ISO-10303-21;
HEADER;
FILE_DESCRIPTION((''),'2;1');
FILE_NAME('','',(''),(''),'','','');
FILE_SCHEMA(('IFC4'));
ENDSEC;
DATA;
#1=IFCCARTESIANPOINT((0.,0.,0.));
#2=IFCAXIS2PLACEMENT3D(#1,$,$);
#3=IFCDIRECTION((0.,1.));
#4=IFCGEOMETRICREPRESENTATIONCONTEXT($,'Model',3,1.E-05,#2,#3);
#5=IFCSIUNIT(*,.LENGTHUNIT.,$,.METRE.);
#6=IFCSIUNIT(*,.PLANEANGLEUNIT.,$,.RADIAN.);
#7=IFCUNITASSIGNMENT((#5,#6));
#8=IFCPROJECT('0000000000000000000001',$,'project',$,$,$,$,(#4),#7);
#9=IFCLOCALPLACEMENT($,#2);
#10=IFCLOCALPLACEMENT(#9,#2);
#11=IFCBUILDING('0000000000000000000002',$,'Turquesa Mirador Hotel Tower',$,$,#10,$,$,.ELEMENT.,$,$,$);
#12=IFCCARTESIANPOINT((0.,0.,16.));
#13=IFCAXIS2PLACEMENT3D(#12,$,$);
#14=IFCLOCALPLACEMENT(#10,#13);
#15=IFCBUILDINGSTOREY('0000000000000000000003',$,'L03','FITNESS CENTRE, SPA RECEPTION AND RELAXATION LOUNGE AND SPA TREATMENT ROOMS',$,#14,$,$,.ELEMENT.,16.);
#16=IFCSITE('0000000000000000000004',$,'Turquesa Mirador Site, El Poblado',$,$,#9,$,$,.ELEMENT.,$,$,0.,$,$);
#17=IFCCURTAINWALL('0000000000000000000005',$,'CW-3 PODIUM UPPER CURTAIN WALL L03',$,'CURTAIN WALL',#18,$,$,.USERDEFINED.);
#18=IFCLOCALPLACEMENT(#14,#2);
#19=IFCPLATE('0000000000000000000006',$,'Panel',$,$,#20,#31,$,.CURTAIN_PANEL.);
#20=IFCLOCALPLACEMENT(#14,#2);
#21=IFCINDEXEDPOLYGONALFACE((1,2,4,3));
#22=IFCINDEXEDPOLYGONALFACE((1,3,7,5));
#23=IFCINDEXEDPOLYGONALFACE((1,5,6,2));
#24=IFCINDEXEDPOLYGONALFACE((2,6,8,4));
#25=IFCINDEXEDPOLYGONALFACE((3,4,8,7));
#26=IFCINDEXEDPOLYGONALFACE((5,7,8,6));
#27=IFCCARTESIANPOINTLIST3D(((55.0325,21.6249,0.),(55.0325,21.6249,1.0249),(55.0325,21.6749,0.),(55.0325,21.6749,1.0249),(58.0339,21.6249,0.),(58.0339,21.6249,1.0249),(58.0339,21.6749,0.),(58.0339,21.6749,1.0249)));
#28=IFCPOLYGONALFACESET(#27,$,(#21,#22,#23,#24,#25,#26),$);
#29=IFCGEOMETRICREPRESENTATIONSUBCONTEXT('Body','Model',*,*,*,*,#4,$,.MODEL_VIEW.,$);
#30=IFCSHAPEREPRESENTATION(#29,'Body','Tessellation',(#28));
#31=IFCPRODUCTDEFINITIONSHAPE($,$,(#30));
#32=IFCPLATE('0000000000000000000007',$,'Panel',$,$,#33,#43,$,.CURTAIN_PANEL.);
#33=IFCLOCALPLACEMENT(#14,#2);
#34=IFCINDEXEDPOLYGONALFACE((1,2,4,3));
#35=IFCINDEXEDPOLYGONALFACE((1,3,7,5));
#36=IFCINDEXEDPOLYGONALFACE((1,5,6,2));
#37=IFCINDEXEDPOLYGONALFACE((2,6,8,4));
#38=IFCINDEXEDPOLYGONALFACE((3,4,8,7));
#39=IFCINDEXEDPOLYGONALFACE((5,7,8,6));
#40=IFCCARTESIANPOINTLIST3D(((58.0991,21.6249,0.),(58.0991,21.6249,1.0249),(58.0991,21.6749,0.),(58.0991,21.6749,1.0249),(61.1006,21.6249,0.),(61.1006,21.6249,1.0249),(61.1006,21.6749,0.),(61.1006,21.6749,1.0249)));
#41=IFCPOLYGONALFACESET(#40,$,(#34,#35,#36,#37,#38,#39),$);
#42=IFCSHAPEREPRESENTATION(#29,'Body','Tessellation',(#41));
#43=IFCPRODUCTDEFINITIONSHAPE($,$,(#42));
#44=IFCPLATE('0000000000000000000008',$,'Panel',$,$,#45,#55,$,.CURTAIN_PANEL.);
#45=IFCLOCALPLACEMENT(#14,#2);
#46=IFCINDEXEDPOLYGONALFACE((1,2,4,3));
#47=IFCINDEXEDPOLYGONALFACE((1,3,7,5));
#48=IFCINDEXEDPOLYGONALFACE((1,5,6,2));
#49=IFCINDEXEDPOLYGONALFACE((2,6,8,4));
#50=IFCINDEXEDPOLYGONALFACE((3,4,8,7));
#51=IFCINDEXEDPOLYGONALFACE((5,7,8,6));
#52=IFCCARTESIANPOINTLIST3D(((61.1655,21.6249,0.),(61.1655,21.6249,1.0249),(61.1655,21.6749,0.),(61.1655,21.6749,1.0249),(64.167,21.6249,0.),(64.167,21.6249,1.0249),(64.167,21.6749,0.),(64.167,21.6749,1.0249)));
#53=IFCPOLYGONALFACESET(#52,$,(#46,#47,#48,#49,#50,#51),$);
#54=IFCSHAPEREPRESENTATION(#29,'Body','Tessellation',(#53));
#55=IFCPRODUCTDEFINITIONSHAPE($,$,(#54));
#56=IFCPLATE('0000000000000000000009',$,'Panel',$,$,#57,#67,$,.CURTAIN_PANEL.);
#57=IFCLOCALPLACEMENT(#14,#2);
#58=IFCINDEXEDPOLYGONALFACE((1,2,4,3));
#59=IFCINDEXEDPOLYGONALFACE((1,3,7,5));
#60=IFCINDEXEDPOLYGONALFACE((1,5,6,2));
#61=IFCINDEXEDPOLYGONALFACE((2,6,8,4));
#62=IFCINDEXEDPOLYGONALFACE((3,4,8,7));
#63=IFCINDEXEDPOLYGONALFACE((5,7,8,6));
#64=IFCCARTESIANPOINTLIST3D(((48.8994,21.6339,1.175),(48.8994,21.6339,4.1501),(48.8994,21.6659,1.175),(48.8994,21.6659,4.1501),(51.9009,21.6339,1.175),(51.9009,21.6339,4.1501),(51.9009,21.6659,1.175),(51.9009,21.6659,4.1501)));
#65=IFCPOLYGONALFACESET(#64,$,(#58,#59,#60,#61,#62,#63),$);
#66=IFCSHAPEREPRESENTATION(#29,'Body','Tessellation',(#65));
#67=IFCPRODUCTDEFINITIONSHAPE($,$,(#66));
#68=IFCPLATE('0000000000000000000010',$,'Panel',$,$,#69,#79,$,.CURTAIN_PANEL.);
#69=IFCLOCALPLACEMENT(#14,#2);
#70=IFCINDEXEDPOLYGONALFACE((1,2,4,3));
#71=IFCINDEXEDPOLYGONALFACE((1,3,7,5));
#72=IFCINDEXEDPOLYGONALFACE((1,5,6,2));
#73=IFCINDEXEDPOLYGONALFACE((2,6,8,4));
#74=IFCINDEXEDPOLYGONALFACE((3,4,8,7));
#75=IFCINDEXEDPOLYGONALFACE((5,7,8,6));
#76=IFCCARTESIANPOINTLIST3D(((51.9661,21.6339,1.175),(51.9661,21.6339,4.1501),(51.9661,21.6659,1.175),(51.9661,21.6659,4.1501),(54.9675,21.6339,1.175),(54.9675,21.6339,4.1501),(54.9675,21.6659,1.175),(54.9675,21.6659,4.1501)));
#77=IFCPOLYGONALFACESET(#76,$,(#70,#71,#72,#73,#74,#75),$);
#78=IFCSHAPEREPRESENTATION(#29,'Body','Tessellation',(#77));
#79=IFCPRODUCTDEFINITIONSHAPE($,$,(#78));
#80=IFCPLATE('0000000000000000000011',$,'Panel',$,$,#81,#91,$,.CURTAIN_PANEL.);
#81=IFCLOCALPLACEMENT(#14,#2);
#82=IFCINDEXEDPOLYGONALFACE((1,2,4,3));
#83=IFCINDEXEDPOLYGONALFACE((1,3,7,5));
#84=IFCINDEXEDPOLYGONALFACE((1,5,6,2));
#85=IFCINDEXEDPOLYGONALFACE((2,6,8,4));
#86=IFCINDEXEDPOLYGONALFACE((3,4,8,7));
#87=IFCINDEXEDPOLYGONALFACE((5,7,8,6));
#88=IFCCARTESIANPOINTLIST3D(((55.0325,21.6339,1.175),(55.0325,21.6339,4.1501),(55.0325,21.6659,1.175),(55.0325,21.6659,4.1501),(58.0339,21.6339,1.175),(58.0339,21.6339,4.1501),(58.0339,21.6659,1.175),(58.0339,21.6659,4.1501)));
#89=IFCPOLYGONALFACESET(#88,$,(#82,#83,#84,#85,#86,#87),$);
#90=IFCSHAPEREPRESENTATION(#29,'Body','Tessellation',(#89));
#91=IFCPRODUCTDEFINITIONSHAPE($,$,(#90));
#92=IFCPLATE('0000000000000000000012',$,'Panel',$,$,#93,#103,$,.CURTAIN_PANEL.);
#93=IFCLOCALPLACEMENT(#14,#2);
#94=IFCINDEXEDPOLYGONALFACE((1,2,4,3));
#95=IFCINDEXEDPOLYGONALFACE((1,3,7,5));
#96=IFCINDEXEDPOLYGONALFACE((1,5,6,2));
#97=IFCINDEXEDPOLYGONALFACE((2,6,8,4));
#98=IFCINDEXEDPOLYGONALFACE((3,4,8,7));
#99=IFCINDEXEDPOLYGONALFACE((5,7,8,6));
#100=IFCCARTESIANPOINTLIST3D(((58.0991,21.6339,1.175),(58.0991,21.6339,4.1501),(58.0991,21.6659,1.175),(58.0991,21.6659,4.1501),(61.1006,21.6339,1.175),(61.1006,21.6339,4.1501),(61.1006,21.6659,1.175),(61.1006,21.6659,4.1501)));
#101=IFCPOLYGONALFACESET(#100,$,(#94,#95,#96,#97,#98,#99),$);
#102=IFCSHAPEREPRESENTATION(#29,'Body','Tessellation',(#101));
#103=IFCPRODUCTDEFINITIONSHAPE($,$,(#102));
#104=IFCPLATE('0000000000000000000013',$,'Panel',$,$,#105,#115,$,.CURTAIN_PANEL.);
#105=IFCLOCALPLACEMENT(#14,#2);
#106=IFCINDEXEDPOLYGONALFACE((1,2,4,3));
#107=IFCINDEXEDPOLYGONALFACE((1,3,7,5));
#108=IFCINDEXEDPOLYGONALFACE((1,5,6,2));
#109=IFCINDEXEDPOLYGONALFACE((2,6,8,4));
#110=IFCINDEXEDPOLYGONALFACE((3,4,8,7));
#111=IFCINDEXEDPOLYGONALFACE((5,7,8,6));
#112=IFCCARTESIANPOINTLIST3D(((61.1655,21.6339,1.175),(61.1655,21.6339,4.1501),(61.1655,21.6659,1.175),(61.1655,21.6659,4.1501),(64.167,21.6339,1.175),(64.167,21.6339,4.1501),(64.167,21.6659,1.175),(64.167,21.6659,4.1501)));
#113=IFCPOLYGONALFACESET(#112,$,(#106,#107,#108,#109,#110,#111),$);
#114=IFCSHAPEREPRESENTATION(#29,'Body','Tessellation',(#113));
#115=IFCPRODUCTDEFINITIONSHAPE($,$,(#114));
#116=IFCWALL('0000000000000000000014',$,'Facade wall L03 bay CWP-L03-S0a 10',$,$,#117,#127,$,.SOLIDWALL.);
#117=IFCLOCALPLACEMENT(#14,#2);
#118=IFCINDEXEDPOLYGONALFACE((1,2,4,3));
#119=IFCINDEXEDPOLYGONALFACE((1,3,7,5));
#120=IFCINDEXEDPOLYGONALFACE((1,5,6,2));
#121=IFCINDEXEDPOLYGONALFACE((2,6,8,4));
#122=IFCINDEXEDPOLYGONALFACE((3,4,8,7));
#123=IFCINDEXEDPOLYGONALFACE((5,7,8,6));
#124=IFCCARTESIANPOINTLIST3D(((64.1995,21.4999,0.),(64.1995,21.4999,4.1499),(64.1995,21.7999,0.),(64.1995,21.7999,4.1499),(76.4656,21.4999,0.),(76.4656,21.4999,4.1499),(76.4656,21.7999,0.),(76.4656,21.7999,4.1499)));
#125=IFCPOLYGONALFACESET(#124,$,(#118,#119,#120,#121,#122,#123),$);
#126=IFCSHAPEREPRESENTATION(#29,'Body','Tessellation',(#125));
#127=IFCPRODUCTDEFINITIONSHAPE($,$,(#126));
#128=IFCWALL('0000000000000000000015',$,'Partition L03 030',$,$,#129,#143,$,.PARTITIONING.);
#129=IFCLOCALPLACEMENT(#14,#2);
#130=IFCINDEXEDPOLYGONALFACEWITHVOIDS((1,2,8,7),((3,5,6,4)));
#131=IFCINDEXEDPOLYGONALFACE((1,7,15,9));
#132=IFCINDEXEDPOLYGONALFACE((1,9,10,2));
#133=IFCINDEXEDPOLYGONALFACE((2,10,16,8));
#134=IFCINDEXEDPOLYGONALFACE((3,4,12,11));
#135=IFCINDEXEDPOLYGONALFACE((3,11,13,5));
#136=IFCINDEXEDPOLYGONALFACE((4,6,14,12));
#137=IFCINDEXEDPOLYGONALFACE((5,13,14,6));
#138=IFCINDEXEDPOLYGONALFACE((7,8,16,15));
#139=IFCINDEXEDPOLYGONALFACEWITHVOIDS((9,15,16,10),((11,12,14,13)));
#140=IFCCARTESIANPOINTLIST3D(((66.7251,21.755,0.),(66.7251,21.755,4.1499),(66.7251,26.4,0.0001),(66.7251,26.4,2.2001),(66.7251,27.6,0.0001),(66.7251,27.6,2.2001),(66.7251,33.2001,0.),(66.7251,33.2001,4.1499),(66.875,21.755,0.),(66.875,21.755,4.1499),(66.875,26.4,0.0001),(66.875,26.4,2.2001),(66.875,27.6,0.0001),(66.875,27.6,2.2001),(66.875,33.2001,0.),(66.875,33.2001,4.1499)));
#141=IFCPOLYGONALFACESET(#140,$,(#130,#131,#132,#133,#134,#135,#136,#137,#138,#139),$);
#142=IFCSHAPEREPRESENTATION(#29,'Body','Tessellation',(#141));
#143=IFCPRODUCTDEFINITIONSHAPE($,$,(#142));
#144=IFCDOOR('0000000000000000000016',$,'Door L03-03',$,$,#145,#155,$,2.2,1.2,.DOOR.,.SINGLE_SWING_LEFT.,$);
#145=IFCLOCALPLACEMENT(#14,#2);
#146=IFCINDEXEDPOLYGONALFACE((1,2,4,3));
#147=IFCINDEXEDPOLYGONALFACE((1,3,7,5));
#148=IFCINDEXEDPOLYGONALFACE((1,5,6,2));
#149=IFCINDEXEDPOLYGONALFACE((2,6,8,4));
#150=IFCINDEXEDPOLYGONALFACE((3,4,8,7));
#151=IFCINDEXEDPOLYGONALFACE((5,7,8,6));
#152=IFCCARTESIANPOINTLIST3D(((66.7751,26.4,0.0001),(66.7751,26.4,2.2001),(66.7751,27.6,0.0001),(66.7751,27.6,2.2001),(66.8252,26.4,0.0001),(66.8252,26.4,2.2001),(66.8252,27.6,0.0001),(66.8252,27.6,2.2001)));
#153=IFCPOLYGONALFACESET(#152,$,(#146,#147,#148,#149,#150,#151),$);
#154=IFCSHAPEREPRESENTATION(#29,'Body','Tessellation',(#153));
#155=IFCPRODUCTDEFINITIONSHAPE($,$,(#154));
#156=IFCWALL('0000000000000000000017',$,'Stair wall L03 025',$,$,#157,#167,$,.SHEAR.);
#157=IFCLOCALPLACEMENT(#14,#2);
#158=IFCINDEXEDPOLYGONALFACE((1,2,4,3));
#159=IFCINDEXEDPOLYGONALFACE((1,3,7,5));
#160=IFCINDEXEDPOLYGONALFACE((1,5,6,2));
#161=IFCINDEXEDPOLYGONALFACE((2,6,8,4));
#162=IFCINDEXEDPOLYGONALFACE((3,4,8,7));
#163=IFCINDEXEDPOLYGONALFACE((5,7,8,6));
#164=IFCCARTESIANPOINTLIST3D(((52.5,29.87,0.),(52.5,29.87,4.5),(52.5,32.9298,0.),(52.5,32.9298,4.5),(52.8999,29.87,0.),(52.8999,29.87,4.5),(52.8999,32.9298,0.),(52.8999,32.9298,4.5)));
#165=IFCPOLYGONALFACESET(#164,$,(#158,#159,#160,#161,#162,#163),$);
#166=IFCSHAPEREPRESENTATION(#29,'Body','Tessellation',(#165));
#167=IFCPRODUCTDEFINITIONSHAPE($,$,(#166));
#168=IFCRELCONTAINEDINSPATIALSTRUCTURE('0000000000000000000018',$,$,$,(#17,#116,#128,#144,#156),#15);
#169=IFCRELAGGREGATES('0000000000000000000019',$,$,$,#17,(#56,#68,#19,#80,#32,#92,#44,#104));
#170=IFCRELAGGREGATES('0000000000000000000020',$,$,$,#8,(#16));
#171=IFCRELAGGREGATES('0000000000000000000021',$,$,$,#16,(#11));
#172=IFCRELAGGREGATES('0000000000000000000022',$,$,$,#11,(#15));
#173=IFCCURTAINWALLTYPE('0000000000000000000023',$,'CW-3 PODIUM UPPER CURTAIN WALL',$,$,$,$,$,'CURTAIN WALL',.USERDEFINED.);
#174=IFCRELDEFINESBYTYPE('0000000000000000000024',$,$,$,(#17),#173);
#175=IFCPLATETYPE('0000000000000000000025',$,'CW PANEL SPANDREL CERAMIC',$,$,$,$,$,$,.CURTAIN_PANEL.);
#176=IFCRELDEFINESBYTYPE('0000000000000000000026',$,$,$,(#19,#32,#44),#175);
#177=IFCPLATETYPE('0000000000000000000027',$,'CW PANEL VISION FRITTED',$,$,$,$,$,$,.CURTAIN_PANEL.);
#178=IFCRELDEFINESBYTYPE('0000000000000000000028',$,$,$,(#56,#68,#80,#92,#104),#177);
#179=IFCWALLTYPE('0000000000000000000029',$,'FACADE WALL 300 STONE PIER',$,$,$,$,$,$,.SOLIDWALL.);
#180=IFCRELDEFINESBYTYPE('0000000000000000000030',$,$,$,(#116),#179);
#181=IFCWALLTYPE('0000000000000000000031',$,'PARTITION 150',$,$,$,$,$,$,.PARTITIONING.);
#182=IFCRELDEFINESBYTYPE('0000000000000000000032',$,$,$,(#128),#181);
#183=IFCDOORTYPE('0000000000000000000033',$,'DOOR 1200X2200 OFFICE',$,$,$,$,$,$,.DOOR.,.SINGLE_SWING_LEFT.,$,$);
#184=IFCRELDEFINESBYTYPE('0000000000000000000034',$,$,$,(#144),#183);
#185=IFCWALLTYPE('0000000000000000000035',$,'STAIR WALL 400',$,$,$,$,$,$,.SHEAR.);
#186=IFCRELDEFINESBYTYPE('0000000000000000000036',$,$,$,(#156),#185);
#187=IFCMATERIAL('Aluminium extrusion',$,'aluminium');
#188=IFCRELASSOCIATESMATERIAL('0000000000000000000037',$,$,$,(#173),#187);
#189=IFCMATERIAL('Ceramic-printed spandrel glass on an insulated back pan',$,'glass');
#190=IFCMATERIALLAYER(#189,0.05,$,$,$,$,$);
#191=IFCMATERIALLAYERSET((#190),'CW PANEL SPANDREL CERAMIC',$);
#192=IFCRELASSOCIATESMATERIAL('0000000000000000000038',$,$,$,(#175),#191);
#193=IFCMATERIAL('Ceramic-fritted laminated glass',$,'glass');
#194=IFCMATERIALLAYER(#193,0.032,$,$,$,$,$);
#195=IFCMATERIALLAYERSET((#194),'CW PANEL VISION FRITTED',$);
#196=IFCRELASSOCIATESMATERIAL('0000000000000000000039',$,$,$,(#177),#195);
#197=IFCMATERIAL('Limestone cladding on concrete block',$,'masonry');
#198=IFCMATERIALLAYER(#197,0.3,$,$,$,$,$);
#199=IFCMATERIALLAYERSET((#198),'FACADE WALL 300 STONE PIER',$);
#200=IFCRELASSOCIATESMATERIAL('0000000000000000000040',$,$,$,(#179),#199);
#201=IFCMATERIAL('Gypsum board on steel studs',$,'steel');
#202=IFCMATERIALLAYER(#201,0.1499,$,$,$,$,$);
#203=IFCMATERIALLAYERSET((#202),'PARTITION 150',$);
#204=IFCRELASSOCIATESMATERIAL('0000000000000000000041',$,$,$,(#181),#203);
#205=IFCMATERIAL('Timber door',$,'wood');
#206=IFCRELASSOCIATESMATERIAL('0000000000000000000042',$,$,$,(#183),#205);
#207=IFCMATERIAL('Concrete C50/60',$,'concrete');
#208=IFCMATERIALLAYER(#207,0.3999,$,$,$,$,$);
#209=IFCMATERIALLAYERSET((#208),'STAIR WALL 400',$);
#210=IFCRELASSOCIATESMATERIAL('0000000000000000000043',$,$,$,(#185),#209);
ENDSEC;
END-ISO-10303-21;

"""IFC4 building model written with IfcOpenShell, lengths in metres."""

from ifc_helpers import new_model, si_unit, direction, frame, frame_2d, origin, origin_2d, place, context, subcontext, project, spatial, rectangle, extrude, material, layer, layer_set, type_object, element, fill, aggregate, save


model = new_model("IFC4")

# Units and contexts
model_context = context("Model", 3, precision=1e-05, world=origin(), true_north=direction((0.0, 1.0)))
body_context = subcontext(model_context, "Body", "Model", "MODEL_VIEW")
ifc_project = project(units=[si_unit("LENGTHUNIT", "METRE"), si_unit("PLANEANGLEUNIT", "RADIAN")], contexts=[model_context])

# Site, building, storey
site_placement = place(None, origin())
site = spatial("IfcSite", under=ifc_project, at=site_placement, Name="Turquesa Mirador Site, El Poblado", CompositionType="ELEMENT", RefElevation=0.0)
building_placement = place(site_placement, origin())
building = spatial("IfcBuilding", under=site, at=building_placement, Name="Turquesa Mirador Hotel Tower", CompositionType="ELEMENT")
storey_placement = place(building_placement, frame((0.0, 0.0, 16.0)))
storey = spatial("IfcBuildingStorey", under=building, at=storey_placement, Name="L03", Description="FITNESS CENTRE, SPA RECEPTION AND RELAXATION LOUNGE AND SPA TREATMENT ROOMS", CompositionType="ELEMENT", Elevation=16.0)

# Curtain wall, plates
ifc_material_1 = material(Name="Aluminium extrusion", Category="aluminium")
curtain_wall_type = type_object("IfcCurtainWallType", Name="CW-3 PODIUM UPPER CURTAIN WALL", ElementType="CURTAIN WALL", PredefinedType="USERDEFINED", material=ifc_material_1)
curtain_wall_placement = place(storey_placement, origin())
curtain_wall = element("IfcCurtainWall", 1, at=curtain_wall_placement, inside=storey, type_object=curtain_wall_type, Name="CW-3 PODIUM UPPER CURTAIN WALL L03", ObjectType="CURTAIN WALL", PredefinedType="USERDEFINED")
ifc_material_2 = material(Name="Ceramic-printed spandrel glass on an insulated back pan", Category="glass")
ifc_layer_1 = layer(ifc_material_2, 0.05)
ifc_layer_set_1 = layer_set([ifc_layer_1], Name="CW PANEL SPANDREL CERAMIC")
plate_type_1 = type_object("IfcPlateType", Name="CW PANEL SPANDREL CERAMIC", PredefinedType="CURTAIN_PANEL", material=ifc_layer_set_1)
plate_1_placement = place(storey_placement, frame((56.5332, 21.6499, 0.0), z_axis=(0.0, 0.0, 1.0), x_axis=(1.0, 0.0, 0.0)))
plate_1 = element("IfcPlate", 2, at=plate_1_placement, type_object=plate_type_1, Name="Panel", PredefinedType="CURTAIN_PANEL", context=body_context, shape_type="SweptSolid", body=[
    extrude(rectangle(XDim=3.0015, YDim=0.05, at=origin_2d()), origin(), (0.0, 0.0, 1.0), 1.0249),
])
plate_2_placement = place(storey_placement, frame((59.5999, 21.6499, 0.0), z_axis=(0.0, 0.0, 1.0), x_axis=(1.0, 0.0, 0.0)))
plate_2 = element("IfcPlate", 3, at=plate_2_placement, type_object=plate_type_1, Name="Panel", PredefinedType="CURTAIN_PANEL", context=body_context, shape_type="SweptSolid", body=[
    extrude(rectangle(XDim=3.0015, YDim=0.05, at=origin_2d()), origin(), (0.0, 0.0, 1.0), 1.0249),
])
plate_3_placement = place(storey_placement, frame((62.6663, 21.6499, 0.0), z_axis=(0.0, 0.0, 1.0), x_axis=(1.0, 0.0, 0.0)))
plate_3 = element("IfcPlate", 4, at=plate_3_placement, type_object=plate_type_1, Name="Panel", PredefinedType="CURTAIN_PANEL", context=body_context, shape_type="SweptSolid", body=[
    extrude(rectangle(XDim=3.0015, YDim=0.05, at=origin_2d()), origin(), (0.0, 0.0, 1.0), 1.0249),
])
ifc_material_3 = material(Name="Ceramic-fritted laminated glass", Category="glass")
ifc_layer_2 = layer(ifc_material_3, 0.032)
ifc_layer_set_2 = layer_set([ifc_layer_2], Name="CW PANEL VISION FRITTED")
plate_type_2 = type_object("IfcPlateType", Name="CW PANEL VISION FRITTED", PredefinedType="CURTAIN_PANEL", material=ifc_layer_set_2)
plate_4_placement = place(storey_placement, frame((50.4001, 21.6499, 1.175), z_axis=(0.0, 0.0, 1.0), x_axis=(1.0, 0.0, 0.0)))
plate_4 = element("IfcPlate", 5, at=plate_4_placement, type_object=plate_type_2, Name="Panel", PredefinedType="CURTAIN_PANEL", context=body_context, shape_type="SweptSolid", body=[
    extrude(rectangle(XDim=3.0015, YDim=0.032, at=origin_2d()), origin(), (0.0, 0.0, 1.0), 2.9751),
])
plate_5_placement = place(storey_placement, frame((53.4668, 21.6499, 1.175), z_axis=(0.0, 0.0, 1.0), x_axis=(1.0, 0.0, 0.0)))
plate_5 = element("IfcPlate", 6, at=plate_5_placement, type_object=plate_type_2, Name="Panel", PredefinedType="CURTAIN_PANEL", context=body_context, shape_type="SweptSolid", body=[
    extrude(rectangle(XDim=3.0015, YDim=0.032, at=origin_2d()), origin(), (0.0, 0.0, 1.0), 2.9751),
])
plate_6_placement = place(storey_placement, frame((56.5332, 21.6499, 1.175), z_axis=(0.0, 0.0, 1.0), x_axis=(1.0, 0.0, 0.0)))
plate_6 = element("IfcPlate", 7, at=plate_6_placement, type_object=plate_type_2, Name="Panel", PredefinedType="CURTAIN_PANEL", context=body_context, shape_type="SweptSolid", body=[
    extrude(rectangle(XDim=3.0015, YDim=0.032, at=origin_2d()), origin(), (0.0, 0.0, 1.0), 2.9751),
])
plate_7_placement = place(storey_placement, frame((59.5999, 21.6499, 1.175), z_axis=(0.0, 0.0, 1.0), x_axis=(1.0, 0.0, 0.0)))
plate_7 = element("IfcPlate", 8, at=plate_7_placement, type_object=plate_type_2, Name="Panel", PredefinedType="CURTAIN_PANEL", context=body_context, shape_type="SweptSolid", body=[
    extrude(rectangle(XDim=3.0015, YDim=0.032, at=origin_2d()), origin(), (0.0, 0.0, 1.0), 2.9751),
])
plate_8_placement = place(storey_placement, frame((62.6663, 21.6499, 1.175), z_axis=(0.0, 0.0, 1.0), x_axis=(1.0, 0.0, 0.0)))
plate_8 = element("IfcPlate", 9, at=plate_8_placement, type_object=plate_type_2, Name="Panel", PredefinedType="CURTAIN_PANEL", context=body_context, shape_type="SweptSolid", body=[
    extrude(rectangle(XDim=3.0015, YDim=0.032, at=origin_2d()), origin(), (0.0, 0.0, 1.0), 2.9751),
])
aggregate(curtain_wall, [plate_4, plate_5, plate_1, plate_6, plate_2, plate_7, plate_3, plate_8])

# Wall
ifc_material_4 = material(Name="Limestone cladding on concrete block", Category="masonry")
ifc_layer_3 = layer(ifc_material_4, 0.3)
ifc_layer_set_3 = layer_set([ifc_layer_3], Name="FACADE WALL 300 STONE PIER")
wall_type_1 = type_object("IfcWallType", Name="FACADE WALL 300 STONE PIER", PredefinedType="SOLIDWALL", material=ifc_layer_set_3)
wall_1_placement = place(storey_placement, frame((64.1995, 21.6499, 0.0), z_axis=(0.0, 0.0, 1.0), x_axis=(1.0, 0.0, 0.0)))
element("IfcWall", 10, at=wall_1_placement, inside=storey, type_object=wall_type_1, Name="Facade wall L03 bay CWP-L03-S0a 10", PredefinedType="SOLIDWALL", context=body_context, shape_type="SweptSolid", body=[
    extrude(rectangle(XDim=12.2661, YDim=0.3, at=frame_2d((6.1331, 0.0))), origin(), (0.0, 0.0, 1.0), 4.1499),
])

# Wall, opening, door
ifc_material_5 = material(Name="Gypsum board on steel studs", Category="steel")
ifc_layer_4 = layer(ifc_material_5, 0.1499)
ifc_layer_set_4 = layer_set([ifc_layer_4], Name="PARTITION 150")
wall_type_2 = type_object("IfcWallType", Name="PARTITION 150", PredefinedType="PARTITIONING", material=ifc_layer_set_4)
wall_2_placement = place(storey_placement, frame((66.8, 21.7549, 0.0), z_axis=(0.0, 0.0, 1.0), x_axis=(0.0, 1.0, 0.0)))
wall_2 = element("IfcWall", 11, at=wall_2_placement, inside=storey, type_object=wall_type_2, Name="Partition L03 030", PredefinedType="PARTITIONING", context=body_context, shape_type="SweptSolid", body=[
    extrude(rectangle(XDim=11.4451, YDim=0.1499, at=frame_2d((5.7227, 0.0))), origin(), (0.0, 0.0, 1.0), 4.1499),
])
opening_placement = place(wall_2_placement, frame((4.645, 0.0, 0.0)))
opening = element("IfcOpeningElement", 12, at=opening_placement, cuts=wall_2, PredefinedType="OPENING", context=body_context, shape_type="SweptSolid", body=[
    extrude(rectangle(XDim=1.2, YDim=2.2, at=frame_2d((0.6001, 1.1001))), frame((0.0, 0.085, 0.0), z_axis=(0.0, -1.0, 0.0), x_axis=(1.0, 0.0, 0.0)), (0.0, 0.0, 1.0), 0.1699),
])
ifc_material_6 = material(Name="Timber door", Category="wood")
door_type = type_object("IfcDoorType", Name="DOOR 1200X2200 OFFICE", OperationType="SINGLE_SWING_LEFT", PredefinedType="DOOR", material=ifc_material_6)
door_placement = place(opening_placement, origin())
door = element("IfcDoor", 13, at=door_placement, inside=storey, type_object=door_type, Name="Door L03-03", OperationType="SINGLE_SWING_LEFT", OverallHeight=2.2, OverallWidth=1.2, PredefinedType="DOOR", context=body_context, shape_type="SweptSolid", body=[
    extrude(rectangle(XDim=1.2, YDim=2.2, at=frame_2d((0.6001, 1.1001))), frame((0.0, 0.0249, 0.0), z_axis=(0.0, -1.0, 0.0), x_axis=(1.0, 0.0, 0.0)), (0.0, 0.0, 1.0), 0.05),
])
fill(opening, door)

# Wall
ifc_material_7 = material(Name="Concrete C50/60", Category="concrete")
ifc_layer_5 = layer(ifc_material_7, 0.3999)
ifc_layer_set_5 = layer_set([ifc_layer_5], Name="STAIR WALL 400")
wall_type_3 = type_object("IfcWallType", Name="STAIR WALL 400", PredefinedType="SHEAR", material=ifc_layer_set_5)
wall_3_placement = place(storey_placement, frame((52.7, 29.8701, 0.0), z_axis=(0.0, 0.0, 1.0), x_axis=(0.0, 1.0, 0.0)))
element("IfcWall", 14, at=wall_3_placement, inside=storey, type_object=wall_type_3, Name="Stair wall L03 025", PredefinedType="SHEAR", context=body_context, shape_type="SweptSolid", body=[
    extrude(rectangle(XDim=3.0598, YDim=0.3999, at=frame_2d((1.5298, 0.0))), origin(), (0.0, 0.0, 1.0), 4.5),
])

save(model, "model.ifc")
